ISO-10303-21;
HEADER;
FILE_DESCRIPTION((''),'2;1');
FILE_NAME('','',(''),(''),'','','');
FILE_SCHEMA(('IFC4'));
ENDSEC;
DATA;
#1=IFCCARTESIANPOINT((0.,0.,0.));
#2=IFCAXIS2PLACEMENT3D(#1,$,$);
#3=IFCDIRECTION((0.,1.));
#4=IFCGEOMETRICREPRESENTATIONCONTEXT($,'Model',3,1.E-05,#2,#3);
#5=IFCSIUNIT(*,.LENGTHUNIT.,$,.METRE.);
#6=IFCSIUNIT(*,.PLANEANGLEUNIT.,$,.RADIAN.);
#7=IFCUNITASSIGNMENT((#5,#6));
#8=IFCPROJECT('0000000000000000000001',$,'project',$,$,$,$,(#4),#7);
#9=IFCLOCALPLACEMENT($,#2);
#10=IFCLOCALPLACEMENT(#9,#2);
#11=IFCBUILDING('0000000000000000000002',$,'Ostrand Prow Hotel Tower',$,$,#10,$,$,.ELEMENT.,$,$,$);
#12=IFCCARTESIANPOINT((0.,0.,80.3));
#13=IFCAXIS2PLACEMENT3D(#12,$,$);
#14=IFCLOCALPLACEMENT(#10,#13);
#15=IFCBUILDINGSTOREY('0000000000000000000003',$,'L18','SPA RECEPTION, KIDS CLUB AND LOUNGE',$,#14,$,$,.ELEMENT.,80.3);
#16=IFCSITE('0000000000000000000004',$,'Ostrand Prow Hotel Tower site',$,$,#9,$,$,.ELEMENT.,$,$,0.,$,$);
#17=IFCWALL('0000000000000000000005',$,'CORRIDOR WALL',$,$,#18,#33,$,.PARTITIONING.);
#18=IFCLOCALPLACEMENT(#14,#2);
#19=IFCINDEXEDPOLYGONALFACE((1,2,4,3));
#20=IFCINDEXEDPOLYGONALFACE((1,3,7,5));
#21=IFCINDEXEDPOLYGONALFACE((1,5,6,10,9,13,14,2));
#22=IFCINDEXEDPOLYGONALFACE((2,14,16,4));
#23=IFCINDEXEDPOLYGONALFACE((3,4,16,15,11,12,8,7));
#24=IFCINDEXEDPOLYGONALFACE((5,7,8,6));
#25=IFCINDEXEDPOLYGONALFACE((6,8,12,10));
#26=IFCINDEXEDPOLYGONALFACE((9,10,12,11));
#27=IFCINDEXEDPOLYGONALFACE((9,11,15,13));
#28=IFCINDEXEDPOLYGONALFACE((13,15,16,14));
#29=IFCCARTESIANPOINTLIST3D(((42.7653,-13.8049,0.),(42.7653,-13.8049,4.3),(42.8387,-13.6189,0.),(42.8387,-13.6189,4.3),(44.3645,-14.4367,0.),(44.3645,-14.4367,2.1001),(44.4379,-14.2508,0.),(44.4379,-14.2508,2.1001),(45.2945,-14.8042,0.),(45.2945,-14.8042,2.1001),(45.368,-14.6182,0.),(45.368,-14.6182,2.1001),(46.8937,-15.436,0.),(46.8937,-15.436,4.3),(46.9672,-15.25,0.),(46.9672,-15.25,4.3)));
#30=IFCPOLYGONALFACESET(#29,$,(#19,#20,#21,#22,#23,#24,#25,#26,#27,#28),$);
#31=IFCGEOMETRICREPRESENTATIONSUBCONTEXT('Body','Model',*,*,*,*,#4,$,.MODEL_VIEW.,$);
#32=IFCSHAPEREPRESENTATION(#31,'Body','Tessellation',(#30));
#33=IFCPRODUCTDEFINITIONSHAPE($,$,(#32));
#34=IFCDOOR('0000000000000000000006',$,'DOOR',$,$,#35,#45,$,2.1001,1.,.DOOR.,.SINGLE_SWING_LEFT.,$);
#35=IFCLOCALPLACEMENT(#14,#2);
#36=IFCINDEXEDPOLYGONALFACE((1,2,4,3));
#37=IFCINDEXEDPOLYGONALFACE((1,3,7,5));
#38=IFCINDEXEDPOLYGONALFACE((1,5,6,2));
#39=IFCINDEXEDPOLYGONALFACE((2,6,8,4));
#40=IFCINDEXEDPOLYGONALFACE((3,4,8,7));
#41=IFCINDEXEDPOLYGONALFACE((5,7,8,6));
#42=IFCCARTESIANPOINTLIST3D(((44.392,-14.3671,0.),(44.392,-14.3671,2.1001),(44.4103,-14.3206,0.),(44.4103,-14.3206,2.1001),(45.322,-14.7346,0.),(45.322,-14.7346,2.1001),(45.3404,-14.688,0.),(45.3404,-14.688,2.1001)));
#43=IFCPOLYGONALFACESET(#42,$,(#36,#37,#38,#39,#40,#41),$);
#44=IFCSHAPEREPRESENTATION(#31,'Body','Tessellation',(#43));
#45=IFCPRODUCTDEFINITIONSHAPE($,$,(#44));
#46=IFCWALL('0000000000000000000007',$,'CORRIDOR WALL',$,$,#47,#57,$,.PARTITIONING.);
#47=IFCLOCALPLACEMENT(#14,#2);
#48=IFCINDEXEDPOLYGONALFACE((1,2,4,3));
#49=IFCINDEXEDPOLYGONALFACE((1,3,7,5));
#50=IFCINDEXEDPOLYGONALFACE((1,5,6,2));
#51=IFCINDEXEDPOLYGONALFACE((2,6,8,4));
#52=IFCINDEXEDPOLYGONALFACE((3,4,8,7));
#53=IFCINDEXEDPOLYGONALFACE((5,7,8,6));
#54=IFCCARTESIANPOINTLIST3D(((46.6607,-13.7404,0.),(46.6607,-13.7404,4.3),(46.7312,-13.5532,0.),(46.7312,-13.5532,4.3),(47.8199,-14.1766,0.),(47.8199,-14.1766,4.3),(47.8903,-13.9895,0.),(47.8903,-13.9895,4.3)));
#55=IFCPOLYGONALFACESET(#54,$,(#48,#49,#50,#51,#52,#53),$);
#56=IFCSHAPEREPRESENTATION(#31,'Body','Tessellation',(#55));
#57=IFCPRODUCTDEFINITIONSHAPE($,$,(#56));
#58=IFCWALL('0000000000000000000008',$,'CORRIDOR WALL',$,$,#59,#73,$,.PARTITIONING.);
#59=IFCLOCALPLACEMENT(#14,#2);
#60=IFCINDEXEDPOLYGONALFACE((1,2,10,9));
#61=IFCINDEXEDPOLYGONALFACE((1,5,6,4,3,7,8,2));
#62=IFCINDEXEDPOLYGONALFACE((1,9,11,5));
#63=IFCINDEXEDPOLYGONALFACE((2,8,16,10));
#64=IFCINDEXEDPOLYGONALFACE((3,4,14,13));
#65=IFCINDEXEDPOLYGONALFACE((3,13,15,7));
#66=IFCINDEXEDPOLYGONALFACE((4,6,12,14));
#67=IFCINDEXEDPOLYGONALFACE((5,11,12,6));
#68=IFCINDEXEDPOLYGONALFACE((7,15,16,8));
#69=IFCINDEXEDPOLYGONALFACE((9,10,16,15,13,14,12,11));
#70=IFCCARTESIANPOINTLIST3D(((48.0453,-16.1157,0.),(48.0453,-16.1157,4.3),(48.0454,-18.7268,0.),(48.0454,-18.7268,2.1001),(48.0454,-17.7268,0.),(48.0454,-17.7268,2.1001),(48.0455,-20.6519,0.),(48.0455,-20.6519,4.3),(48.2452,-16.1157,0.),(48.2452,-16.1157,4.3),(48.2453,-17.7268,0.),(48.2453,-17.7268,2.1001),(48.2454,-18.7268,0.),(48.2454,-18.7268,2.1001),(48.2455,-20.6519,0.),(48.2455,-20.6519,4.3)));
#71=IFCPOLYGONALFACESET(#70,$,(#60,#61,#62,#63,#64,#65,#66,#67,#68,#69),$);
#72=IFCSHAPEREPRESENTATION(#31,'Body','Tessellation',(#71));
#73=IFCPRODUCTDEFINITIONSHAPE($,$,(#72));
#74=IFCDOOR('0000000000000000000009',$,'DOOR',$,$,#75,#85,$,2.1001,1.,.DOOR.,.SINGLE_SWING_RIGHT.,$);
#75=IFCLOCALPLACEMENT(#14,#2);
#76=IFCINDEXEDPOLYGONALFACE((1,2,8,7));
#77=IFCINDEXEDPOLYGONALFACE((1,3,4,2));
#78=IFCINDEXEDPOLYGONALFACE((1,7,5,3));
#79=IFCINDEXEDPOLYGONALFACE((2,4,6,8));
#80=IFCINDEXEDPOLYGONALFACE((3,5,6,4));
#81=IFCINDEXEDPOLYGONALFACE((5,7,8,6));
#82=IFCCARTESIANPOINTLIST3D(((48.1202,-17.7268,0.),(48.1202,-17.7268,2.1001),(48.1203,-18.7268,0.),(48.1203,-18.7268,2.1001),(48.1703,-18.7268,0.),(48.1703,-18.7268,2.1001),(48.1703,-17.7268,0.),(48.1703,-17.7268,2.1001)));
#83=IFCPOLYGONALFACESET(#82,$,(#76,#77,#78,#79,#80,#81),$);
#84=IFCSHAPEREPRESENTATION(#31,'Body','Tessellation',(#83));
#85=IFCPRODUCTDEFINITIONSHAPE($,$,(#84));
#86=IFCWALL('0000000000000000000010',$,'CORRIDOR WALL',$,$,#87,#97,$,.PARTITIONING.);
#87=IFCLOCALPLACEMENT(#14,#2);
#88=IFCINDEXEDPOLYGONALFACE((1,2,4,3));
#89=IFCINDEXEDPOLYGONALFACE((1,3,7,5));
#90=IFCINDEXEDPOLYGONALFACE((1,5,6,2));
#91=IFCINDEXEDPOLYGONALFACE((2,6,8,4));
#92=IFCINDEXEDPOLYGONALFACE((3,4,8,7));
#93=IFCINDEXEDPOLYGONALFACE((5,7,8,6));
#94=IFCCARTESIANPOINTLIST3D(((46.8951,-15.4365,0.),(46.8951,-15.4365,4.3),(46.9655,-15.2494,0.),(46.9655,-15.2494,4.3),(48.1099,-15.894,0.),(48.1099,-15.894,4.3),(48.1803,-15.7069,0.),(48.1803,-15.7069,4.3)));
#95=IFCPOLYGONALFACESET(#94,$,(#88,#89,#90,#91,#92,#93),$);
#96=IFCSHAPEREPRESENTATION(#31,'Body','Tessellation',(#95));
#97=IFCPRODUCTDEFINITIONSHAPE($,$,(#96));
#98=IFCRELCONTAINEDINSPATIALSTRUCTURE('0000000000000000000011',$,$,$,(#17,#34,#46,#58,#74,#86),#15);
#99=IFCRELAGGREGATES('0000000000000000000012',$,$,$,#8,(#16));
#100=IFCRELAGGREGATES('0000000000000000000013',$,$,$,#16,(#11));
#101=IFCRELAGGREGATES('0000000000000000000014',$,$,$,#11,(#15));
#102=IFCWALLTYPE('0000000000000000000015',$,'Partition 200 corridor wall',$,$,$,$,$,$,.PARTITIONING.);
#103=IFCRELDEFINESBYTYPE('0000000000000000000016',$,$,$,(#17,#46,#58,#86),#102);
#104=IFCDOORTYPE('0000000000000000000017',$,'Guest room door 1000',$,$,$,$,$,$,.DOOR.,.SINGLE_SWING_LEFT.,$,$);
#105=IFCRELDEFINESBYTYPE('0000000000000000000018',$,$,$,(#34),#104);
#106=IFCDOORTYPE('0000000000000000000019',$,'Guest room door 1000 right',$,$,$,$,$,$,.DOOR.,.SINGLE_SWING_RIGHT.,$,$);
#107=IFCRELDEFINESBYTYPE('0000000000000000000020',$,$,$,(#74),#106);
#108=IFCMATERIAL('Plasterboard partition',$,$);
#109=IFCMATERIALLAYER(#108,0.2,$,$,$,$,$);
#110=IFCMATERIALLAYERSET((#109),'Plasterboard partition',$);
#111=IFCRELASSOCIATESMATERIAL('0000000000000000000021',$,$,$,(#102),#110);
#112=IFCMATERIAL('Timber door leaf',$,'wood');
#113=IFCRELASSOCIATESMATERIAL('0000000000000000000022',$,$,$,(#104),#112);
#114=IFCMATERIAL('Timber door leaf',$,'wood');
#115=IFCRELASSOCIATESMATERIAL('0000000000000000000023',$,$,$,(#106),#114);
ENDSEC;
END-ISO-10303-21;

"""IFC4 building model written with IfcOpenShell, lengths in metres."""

from ifc_helpers import new_model, si_unit, direction, frame, frame_2d, origin, place, context, subcontext, project, spatial, rectangle, extrude, material, layer, layer_set, type_object, element, fill, save


model = new_model("IFC4")

# Units and contexts
model_context = context("Model", 3, precision=1e-05, world=origin(), true_north=direction((0.0, 1.0)))
body_context = subcontext(model_context, "Body", "Model", "MODEL_VIEW")
ifc_project = project(units=[si_unit("LENGTHUNIT", "METRE"), si_unit("PLANEANGLEUNIT", "RADIAN")], contexts=[model_context])

# Site, building, storey
site_placement = place(None, origin())
site = spatial("IfcSite", under=ifc_project, at=site_placement, Name="Ostrand Prow Hotel Tower site", CompositionType="ELEMENT", RefElevation=0.0)
building_placement = place(site_placement, origin())
building = spatial("IfcBuilding", under=site, at=building_placement, Name="Ostrand Prow Hotel Tower", CompositionType="ELEMENT")
storey_placement = place(building_placement, frame((0.0, 0.0, 80.3)))
storey = spatial("IfcBuildingStorey", under=building, at=storey_placement, Name="L18", Description="SPA RECEPTION, KIDS CLUB AND LOUNGE", CompositionType="ELEMENT", Elevation=80.3)

# Shared definitions
ifc_material_1 = material(Name="Plasterboard partition")
ifc_layer_1 = layer(ifc_material_1, 0.2)
ifc_layer_set_1 = layer_set([ifc_layer_1], Name="Plasterboard partition")
wall_type_1 = type_object("IfcWallType", Name="Partition 200 corridor wall", PredefinedType="PARTITIONING", material=ifc_layer_set_1)
ifc_material_2 = material(Name="Timber door leaf", Category="wood")
door_type_1 = type_object("IfcDoorType", Name="Guest room door 1000", OperationType="SINGLE_SWING_LEFT", PredefinedType="DOOR", material=ifc_material_2)

# Wall, opening, door
wall_1_placement = place(storey_placement, frame((42.802, -13.7119, 0.0), z_axis=(0.0, 0.0, 1.0), x_axis=(0.930042, -0.367452, 0.0)))
wall_1 = element("IfcWall", 1, at=wall_1_placement, inside=storey, type_object=wall_type_1, Name="CORRIDOR WALL", PredefinedType="PARTITIONING", context=body_context, shape_type="SweptSolid", body=[
    extrude(rectangle(XDim=4.439, YDim=0.2, at=frame_2d((2.2195, 0.0))), origin(), (0.0, 0.0, 1.0), 4.3),
])
opening_1_placement = place(wall_1_placement, frame((1.7195, 0.0, 0.0)))
opening_1 = element("IfcOpeningElement", 2, at=opening_1_placement, cuts=wall_1, PredefinedType="OPENING", context=body_context, shape_type="SweptSolid", body=[
    extrude(rectangle(XDim=1.0, YDim=2.1001, at=frame_2d((0.5, 1.05))), frame((0.0, 0.1099, 0.0), z_axis=(0.0, -1.0, 0.0), x_axis=(1.0, 0.0, 0.0)), (0.0, 0.0, 1.0), 0.22),
])
door_1_placement = place(opening_1_placement, origin())
door_1 = element("IfcDoor", 3, at=door_1_placement, inside=storey, type_object=door_type_1, Name="DOOR", OperationType="SINGLE_SWING_LEFT", OverallHeight=2.1001, OverallWidth=1.0, PredefinedType="DOOR", context=body_context, shape_type="SweptSolid", body=[
    extrude(rectangle(XDim=1.0, YDim=2.1001, at=frame_2d((0.5, 1.05))), frame((0.0, 0.0249, 0.0), z_axis=(0.0, -1.0, 0.0), x_axis=(1.0, 0.0, 0.0)), (0.0, 0.0, 1.0), 0.05),
])
fill(opening_1, door_1)

# Wall
wall_2_placement = place(storey_placement, frame((47.855, -14.083, 0.0), z_axis=(0.0, 0.0, 1.0), x_axis=(-0.935907, 0.352246, 0.0)))
element("IfcWall", 4, at=wall_2_placement, inside=storey, type_object=wall_type_1, Name="CORRIDOR WALL", PredefinedType="PARTITIONING", context=body_context, shape_type="SweptSolid", body=[
    extrude(rectangle(XDim=1.2385, YDim=0.2, at=frame_2d((0.6191, 0.0))), origin(), (0.0, 0.0, 1.0), 4.3),
])

# Wall, opening, door
wall_3_placement = place(storey_placement, frame((48.1453, -16.1157, 0.0), z_axis=(0.0, 0.0, 1.0), x_axis=(0.000054, -1.0, 0.0)))
wall_3 = element("IfcWall", 5, at=wall_3_placement, inside=storey, type_object=wall_type_1, Name="CORRIDOR WALL", PredefinedType="PARTITIONING", context=body_context, shape_type="SweptSolid", body=[
    extrude(rectangle(XDim=4.5361, YDim=0.2, at=frame_2d((2.2681, 0.0))), origin(), (0.0, 0.0, 1.0), 4.3),
])
opening_2_placement = place(wall_3_placement, frame((1.6111, 0.0, 0.0)))
opening_2 = element("IfcOpeningElement", 6, at=opening_2_placement, cuts=wall_3, PredefinedType="OPENING", context=body_context, shape_type="SweptSolid", body=[
    extrude(rectangle(XDim=1.0, YDim=2.1001, at=frame_2d((0.5, 1.05))), frame((0.0, 0.1099, 0.0), z_axis=(0.0, -1.0, 0.0), x_axis=(1.0, 0.0, 0.0)), (0.0, 0.0, 1.0), 0.22),
])
ifc_material_3 = material(Name="Timber door leaf", Category="wood")
door_type_2 = type_object("IfcDoorType", Name="Guest room door 1000 right", OperationType="SINGLE_SWING_RIGHT", PredefinedType="DOOR", material=ifc_material_3)
door_2_placement = place(opening_2_placement, origin())
door_2 = element("IfcDoor", 7, at=door_2_placement, inside=storey, type_object=door_type_2, Name="DOOR", OperationType="SINGLE_SWING_RIGHT", OverallHeight=2.1001, OverallWidth=1.0, PredefinedType="DOOR", context=body_context, shape_type="SweptSolid", body=[
    extrude(rectangle(XDim=1.0, YDim=2.1001, at=frame_2d((0.5, 1.05))), frame((0.0, 0.0249, 0.0), z_axis=(0.0, -1.0, 0.0), x_axis=(1.0, 0.0, 0.0)), (0.0, 0.0, 1.0), 0.05),
])
fill(opening_2, door_2)

# Wall
wall_4_placement = place(storey_placement, frame((46.9304, -15.343, 0.0), z_axis=(0.0, 0.0, 1.0), x_axis=(0.935834, -0.352442, 0.0)))
element("IfcWall", 8, at=wall_4_placement, inside=storey, type_object=wall_type_1, Name="CORRIDOR WALL", PredefinedType="PARTITIONING", context=body_context, shape_type="SweptSolid", body=[
    extrude(rectangle(XDim=1.2981, YDim=0.2, at=frame_2d((0.6489, 0.0))), origin(), (0.0, 0.0, 1.0), 4.3),
])

save(model, "model.ifc")
